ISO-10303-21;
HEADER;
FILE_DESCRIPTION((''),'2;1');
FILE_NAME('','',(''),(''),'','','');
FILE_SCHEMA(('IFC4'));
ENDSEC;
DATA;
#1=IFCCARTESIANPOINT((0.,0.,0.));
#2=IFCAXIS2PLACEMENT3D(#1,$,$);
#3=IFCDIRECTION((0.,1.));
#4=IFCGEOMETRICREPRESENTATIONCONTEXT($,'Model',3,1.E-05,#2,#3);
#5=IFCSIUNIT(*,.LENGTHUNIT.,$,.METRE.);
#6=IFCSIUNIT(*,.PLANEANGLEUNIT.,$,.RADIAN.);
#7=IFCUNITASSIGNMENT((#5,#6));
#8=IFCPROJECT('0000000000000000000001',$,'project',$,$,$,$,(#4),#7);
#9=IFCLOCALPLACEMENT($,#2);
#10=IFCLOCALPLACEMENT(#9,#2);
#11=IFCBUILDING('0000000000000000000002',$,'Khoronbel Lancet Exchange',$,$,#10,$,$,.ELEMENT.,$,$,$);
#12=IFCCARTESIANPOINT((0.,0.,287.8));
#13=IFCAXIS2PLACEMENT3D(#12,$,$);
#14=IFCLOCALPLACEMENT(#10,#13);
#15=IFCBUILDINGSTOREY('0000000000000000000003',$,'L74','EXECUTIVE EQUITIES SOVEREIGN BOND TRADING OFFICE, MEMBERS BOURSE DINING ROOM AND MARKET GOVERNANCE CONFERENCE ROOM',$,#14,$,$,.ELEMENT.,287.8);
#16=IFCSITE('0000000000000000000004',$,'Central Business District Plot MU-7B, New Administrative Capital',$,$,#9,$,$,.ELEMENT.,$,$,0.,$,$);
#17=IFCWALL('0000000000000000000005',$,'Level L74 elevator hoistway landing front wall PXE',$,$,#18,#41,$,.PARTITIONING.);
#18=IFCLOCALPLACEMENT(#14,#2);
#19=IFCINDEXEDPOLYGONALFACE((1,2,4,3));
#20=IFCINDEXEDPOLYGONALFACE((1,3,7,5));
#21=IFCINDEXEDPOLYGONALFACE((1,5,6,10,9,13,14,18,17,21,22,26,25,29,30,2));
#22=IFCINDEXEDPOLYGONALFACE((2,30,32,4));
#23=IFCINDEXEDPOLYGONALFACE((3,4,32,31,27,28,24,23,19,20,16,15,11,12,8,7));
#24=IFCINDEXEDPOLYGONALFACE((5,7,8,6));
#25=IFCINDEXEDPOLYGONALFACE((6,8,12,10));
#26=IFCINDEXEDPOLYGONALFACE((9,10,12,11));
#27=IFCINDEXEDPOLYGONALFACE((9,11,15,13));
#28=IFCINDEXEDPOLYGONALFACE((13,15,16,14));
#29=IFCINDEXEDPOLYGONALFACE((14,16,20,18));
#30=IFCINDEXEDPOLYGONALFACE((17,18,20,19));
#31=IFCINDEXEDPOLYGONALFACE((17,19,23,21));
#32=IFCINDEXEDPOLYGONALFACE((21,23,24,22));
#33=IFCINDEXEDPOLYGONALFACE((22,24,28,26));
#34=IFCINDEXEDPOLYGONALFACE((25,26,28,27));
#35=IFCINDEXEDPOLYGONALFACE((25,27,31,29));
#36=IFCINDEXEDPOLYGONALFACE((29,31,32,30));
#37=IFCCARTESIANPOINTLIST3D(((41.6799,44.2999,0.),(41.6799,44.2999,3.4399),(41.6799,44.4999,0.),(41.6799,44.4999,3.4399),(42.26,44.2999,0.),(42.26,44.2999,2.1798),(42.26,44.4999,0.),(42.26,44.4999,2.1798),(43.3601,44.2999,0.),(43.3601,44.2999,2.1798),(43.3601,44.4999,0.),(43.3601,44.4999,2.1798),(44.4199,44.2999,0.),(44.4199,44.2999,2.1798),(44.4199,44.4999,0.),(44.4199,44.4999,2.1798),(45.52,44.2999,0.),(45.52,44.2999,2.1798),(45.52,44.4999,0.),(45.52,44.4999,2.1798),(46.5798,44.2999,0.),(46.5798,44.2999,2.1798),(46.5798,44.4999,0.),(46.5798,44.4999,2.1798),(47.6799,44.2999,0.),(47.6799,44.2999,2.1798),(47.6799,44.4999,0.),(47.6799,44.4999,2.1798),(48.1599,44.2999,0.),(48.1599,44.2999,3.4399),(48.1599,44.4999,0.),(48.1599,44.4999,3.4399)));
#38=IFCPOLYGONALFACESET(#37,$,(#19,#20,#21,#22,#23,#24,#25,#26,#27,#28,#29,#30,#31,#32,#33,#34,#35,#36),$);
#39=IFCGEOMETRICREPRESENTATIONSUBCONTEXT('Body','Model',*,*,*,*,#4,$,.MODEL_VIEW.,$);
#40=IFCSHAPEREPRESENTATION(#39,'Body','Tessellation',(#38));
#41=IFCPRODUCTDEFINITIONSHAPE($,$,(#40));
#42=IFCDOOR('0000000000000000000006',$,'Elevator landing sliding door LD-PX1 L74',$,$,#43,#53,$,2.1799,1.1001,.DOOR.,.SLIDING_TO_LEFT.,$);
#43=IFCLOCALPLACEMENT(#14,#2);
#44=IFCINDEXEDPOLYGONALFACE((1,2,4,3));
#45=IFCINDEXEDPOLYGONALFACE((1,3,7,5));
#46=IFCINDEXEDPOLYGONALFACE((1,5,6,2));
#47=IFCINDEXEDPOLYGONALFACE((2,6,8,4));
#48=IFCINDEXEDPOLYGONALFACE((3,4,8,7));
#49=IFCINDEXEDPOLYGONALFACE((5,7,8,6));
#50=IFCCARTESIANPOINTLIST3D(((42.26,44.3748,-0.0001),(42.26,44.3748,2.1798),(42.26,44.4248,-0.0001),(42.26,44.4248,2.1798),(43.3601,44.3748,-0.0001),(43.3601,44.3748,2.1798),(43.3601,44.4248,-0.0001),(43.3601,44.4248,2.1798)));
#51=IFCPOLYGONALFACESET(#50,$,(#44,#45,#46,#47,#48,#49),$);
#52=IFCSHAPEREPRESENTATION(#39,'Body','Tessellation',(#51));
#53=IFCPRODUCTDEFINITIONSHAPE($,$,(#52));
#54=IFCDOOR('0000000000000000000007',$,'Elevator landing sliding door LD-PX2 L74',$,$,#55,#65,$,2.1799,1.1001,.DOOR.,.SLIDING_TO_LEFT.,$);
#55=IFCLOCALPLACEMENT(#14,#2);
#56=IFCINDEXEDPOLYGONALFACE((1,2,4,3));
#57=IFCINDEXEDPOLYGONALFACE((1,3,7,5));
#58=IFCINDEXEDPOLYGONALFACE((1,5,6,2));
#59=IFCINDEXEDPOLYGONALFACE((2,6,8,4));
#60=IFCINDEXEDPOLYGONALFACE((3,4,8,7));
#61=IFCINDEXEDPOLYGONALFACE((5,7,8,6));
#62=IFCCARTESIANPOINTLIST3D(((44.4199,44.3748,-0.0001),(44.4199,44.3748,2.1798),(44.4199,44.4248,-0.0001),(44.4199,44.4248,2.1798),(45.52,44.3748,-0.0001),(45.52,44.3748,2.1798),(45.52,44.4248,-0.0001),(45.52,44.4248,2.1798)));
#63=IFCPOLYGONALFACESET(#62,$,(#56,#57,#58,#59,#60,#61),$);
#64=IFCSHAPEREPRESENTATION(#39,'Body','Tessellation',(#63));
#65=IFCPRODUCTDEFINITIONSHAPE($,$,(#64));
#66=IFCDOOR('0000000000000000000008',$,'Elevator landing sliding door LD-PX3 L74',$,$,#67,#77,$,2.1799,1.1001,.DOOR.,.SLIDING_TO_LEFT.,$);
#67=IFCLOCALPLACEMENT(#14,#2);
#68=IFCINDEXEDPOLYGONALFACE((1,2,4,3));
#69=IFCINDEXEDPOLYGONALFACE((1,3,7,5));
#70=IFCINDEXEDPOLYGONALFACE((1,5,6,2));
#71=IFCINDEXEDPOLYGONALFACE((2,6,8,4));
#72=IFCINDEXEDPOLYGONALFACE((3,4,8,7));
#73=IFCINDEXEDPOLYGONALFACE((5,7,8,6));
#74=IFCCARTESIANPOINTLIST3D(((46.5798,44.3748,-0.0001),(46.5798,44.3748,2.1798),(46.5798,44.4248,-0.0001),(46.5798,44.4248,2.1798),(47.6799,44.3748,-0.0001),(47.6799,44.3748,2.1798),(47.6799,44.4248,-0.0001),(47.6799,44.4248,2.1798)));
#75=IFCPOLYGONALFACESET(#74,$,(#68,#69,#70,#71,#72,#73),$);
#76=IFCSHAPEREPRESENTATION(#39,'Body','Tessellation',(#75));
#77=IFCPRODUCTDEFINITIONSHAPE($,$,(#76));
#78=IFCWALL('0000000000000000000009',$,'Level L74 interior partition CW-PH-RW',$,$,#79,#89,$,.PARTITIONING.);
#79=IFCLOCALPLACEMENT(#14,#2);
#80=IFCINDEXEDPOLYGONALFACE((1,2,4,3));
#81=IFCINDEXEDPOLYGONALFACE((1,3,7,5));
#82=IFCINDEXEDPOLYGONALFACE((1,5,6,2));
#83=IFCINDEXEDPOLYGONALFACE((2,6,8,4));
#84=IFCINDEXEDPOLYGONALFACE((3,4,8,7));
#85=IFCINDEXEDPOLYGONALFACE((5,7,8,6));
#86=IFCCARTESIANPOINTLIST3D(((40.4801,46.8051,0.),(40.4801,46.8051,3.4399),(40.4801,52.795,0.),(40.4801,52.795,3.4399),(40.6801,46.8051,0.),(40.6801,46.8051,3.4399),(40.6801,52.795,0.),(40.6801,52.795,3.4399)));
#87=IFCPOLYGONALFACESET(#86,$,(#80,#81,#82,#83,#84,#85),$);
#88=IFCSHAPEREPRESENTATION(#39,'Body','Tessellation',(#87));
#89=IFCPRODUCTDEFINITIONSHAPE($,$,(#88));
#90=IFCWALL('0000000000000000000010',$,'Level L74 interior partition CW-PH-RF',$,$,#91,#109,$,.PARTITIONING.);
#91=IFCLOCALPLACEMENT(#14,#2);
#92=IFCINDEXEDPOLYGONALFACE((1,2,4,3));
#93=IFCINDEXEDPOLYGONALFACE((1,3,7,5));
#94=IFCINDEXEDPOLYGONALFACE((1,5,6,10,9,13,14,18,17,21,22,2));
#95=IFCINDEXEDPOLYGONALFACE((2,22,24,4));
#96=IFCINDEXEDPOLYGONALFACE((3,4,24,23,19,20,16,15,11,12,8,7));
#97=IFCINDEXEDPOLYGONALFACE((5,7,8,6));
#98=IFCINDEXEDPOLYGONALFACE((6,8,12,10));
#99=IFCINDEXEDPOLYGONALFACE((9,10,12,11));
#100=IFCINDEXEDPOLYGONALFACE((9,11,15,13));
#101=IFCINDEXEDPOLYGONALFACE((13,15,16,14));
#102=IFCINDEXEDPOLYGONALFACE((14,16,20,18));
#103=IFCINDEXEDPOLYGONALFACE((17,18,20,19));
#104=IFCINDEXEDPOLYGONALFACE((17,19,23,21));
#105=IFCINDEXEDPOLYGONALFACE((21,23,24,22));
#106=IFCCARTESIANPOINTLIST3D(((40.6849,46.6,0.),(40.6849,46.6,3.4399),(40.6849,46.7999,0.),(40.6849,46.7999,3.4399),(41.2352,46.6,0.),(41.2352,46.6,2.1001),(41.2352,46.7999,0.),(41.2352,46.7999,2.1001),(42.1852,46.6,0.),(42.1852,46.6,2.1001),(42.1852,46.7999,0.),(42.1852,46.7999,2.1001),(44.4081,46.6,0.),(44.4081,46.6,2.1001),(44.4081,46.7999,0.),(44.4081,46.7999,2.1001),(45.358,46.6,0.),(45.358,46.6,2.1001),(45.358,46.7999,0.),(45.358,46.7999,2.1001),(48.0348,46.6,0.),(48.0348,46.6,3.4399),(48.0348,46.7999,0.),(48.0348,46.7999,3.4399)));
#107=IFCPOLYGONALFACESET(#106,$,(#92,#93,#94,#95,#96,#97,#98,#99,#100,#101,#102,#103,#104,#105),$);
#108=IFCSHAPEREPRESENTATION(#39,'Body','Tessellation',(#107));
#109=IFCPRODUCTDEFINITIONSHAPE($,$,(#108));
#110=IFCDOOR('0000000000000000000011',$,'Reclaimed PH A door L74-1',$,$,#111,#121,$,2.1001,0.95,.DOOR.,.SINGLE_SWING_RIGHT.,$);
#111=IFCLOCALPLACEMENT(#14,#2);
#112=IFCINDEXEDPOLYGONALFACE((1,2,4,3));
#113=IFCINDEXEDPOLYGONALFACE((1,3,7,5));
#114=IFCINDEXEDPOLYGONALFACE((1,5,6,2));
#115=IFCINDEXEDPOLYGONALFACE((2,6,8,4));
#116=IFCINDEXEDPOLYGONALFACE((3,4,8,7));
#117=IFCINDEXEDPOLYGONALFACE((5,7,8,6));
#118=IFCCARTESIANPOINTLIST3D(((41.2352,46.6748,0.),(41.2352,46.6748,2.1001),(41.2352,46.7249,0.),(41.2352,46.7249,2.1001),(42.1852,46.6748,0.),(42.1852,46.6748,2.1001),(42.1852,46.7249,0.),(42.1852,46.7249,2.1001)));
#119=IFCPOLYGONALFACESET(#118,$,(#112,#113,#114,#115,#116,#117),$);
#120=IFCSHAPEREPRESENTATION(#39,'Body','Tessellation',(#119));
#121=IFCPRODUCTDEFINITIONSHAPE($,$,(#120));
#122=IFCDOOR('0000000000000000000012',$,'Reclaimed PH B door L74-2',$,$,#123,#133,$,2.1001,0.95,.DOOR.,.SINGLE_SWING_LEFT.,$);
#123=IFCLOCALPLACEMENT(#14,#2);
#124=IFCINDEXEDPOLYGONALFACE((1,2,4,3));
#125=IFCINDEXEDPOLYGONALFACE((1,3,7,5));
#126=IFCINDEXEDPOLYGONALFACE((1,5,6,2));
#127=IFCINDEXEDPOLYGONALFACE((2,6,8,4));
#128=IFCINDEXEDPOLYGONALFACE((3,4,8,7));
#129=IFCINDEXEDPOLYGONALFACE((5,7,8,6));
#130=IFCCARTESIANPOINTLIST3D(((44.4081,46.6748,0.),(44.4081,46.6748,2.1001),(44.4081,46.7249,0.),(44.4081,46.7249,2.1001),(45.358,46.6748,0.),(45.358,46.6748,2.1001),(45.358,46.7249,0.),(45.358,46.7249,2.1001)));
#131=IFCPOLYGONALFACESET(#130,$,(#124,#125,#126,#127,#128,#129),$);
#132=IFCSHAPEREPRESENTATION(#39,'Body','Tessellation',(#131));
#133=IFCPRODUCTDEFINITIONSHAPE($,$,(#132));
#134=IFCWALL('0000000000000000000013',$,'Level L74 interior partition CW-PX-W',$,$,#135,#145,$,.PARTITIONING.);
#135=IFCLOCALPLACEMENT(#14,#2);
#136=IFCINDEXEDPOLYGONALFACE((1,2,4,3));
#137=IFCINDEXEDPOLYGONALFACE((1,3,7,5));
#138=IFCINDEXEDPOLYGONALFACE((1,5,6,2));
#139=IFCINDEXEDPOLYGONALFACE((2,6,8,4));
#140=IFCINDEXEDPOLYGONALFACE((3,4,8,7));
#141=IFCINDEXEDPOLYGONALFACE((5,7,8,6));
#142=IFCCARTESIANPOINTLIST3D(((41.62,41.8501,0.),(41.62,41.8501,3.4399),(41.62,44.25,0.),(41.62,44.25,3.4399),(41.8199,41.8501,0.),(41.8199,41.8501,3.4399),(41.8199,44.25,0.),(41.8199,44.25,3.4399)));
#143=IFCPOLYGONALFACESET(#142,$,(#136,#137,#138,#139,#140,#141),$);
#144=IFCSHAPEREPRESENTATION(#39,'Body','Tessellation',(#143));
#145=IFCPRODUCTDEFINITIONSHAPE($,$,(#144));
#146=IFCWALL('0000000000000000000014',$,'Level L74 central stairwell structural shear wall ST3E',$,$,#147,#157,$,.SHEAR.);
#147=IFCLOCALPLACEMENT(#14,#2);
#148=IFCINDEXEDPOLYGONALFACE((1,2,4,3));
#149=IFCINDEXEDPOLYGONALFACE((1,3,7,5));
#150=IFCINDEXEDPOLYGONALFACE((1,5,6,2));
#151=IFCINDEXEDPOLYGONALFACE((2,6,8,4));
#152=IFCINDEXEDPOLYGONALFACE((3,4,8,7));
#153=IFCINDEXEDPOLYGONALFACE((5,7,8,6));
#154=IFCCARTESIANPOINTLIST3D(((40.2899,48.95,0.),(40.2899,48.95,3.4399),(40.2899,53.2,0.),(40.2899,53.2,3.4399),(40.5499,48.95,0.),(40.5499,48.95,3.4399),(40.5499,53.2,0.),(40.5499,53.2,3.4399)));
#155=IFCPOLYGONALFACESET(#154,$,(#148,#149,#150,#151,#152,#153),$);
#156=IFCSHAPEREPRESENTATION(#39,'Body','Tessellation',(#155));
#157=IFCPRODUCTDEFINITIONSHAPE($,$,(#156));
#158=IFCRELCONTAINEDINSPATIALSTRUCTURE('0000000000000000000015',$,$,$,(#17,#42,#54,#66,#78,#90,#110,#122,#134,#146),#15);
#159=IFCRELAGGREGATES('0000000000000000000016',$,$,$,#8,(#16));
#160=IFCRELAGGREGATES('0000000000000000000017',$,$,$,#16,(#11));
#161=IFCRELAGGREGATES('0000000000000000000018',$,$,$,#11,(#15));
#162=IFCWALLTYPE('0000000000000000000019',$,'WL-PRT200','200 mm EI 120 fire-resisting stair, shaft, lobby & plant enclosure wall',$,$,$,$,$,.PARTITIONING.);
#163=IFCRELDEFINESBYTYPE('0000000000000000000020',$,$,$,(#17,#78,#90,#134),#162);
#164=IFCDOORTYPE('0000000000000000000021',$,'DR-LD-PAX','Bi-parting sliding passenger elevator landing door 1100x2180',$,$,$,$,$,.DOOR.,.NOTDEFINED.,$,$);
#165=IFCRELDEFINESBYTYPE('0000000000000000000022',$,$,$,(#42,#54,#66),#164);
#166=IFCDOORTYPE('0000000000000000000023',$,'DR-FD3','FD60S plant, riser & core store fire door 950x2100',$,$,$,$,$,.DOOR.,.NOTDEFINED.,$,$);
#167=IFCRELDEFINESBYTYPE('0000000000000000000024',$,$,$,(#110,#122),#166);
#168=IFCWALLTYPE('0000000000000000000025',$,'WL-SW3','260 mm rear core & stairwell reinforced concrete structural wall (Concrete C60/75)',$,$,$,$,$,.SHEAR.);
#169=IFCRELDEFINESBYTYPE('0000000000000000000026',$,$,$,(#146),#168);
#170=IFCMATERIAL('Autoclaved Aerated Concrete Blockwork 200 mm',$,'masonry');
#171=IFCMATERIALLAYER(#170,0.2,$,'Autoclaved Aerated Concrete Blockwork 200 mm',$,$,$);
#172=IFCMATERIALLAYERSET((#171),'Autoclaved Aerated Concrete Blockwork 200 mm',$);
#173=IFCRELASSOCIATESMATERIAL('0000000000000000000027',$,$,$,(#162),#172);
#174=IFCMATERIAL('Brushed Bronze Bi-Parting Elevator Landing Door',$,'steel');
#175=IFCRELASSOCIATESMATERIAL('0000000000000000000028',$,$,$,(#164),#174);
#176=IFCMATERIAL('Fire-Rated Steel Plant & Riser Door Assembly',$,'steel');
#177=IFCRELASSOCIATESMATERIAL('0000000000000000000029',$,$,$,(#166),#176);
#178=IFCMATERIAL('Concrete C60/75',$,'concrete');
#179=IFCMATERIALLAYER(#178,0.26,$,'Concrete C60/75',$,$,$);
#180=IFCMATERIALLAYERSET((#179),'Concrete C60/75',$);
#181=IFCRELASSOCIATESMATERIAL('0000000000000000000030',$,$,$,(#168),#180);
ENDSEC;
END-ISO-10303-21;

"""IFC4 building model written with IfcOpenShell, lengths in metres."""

from ifc_helpers import new_model, si_unit, direction, frame, frame_2d, origin, place, context, subcontext, project, spatial, rectangle, extrude, material, layer, layer_set, type_object, element, fill, save


model = new_model("IFC4")

# Units and contexts
model_context = context("Model", 3, precision=1e-05, world=origin(), true_north=direction((0.0, 1.0)))
body_context = subcontext(model_context, "Body", "Model", "MODEL_VIEW")
ifc_project = project(units=[si_unit("LENGTHUNIT", "METRE"), si_unit("PLANEANGLEUNIT", "RADIAN")], contexts=[model_context])

# Site, building, storey
site_placement = place(None, origin())
site = spatial("IfcSite", under=ifc_project, at=site_placement, Name="Central Business District Plot MU-7B, New Administrative Capital", CompositionType="ELEMENT", RefElevation=0.0)
building_placement = place(site_placement, origin())
building = spatial("IfcBuilding", under=site, at=building_placement, Name="Khoronbel Lancet Exchange", CompositionType="ELEMENT")
storey_placement = place(building_placement, frame((0.0, 0.0, 287.8)))
storey = spatial("IfcBuildingStorey", under=building, at=storey_placement, Name="L74", Description="EXECUTIVE EQUITIES SOVEREIGN BOND TRADING OFFICE, MEMBERS BOURSE DINING ROOM AND MARKET GOVERNANCE CONFERENCE ROOM", CompositionType="ELEMENT", Elevation=287.8)

# Shared definitions
ifc_material_1 = material(Name="Concrete C60/75", Category="concrete")

# Wall, openings, doors
ifc_material_2 = material(Name="Autoclaved Aerated Concrete Blockwork 200 mm", Category="masonry")
ifc_layer_1 = layer(ifc_material_2, 0.2, Name="Autoclaved Aerated Concrete Blockwork 200 mm")
ifc_layer_set_1 = layer_set([ifc_layer_1], Name="Autoclaved Aerated Concrete Blockwork 200 mm")
wall_type_1 = type_object("IfcWallType", Name="WL-PRT200", Description="200 mm EI 120 fire-resisting stair, shaft, lobby & plant enclosure wall", PredefinedType="PARTITIONING", material=ifc_layer_set_1)
wall_1_placement = place(storey_placement, frame((41.6799, 44.3999, 0.0), z_axis=(0.0, 0.0, 1.0), x_axis=(1.0, 0.0, 0.0)))
wall_1 = element("IfcWall", 1, at=wall_1_placement, inside=storey, type_object=wall_type_1, Name="Level L74 elevator hoistway landing front wall PXE", PredefinedType="PARTITIONING", context=body_context, shape_type="SweptSolid", body=[
    extrude(rectangle(XDim=6.48, YDim=0.2, at=frame_2d((3.24, 0.0))), origin(), (0.0, 0.0, 1.0), 3.4399),
])
opening_1_placement = place(wall_1_placement, frame((0.5801, 0.0, 0.0)))
opening_1 = element("IfcOpeningElement", 2, at=opening_1_placement, cuts=wall_1, PredefinedType="OPENING", context=body_context, shape_type="SweptSolid", body=[
    extrude(rectangle(XDim=1.1001, YDim=2.1799, at=frame_2d((0.55, 1.0898))), frame((0.0, 0.1099, 0.0), z_axis=(0.0, -1.0, 0.0), x_axis=(1.0, 0.0, 0.0)), (0.0, 0.0, 1.0), 0.22),
])
opening_2_placement = place(wall_1_placement, frame((2.74, 0.0, 0.0)))
opening_2 = element("IfcOpeningElement", 3, at=opening_2_placement, cuts=wall_1, PredefinedType="OPENING", context=body_context, shape_type="SweptSolid", body=[
    extrude(rectangle(XDim=1.1001, YDim=2.1799, at=frame_2d((0.55, 1.0898))), frame((0.0, 0.1099, 0.0), z_axis=(0.0, -1.0, 0.0), x_axis=(1.0, 0.0, 0.0)), (0.0, 0.0, 1.0), 0.22),
])
opening_3_placement = place(wall_1_placement, frame((4.8999, 0.0, 0.0)))
opening_3 = element("IfcOpeningElement", 4, at=opening_3_placement, cuts=wall_1, PredefinedType="OPENING", context=body_context, shape_type="SweptSolid", body=[
    extrude(rectangle(XDim=1.1001, YDim=2.1799, at=frame_2d((0.55, 1.0898))), frame((0.0, 0.1099, 0.0), z_axis=(0.0, -1.0, 0.0), x_axis=(1.0, 0.0, 0.0)), (0.0, 0.0, 1.0), 0.22),
])
ifc_material_3 = material(Name="Brushed Bronze Bi-Parting Elevator Landing Door", Category="steel")
door_type_1 = type_object("IfcDoorType", Name="DR-LD-PAX", Description="Bi-parting sliding passenger elevator landing door 1100x2180", OperationType="NOTDEFINED", PredefinedType="DOOR", material=ifc_material_3)
door_1_placement = place(opening_1_placement, origin())
door_1 = element("IfcDoor", 5, at=door_1_placement, inside=storey, type_object=door_type_1, Name="Elevator landing sliding door LD-PX1 L74", OperationType="SLIDING_TO_LEFT", OverallHeight=2.1799, OverallWidth=1.1001, PredefinedType="DOOR", context=body_context, shape_type="SweptSolid", body=[
    extrude(rectangle(XDim=1.1001, YDim=2.1799, at=frame_2d((0.55, 1.0898))), frame((0.0, 0.0249, 0.0), z_axis=(0.0, -1.0, 0.0), x_axis=(1.0, 0.0, 0.0)), (0.0, 0.0, 1.0), 0.05),
])
fill(opening_1, door_1)
door_2_placement = place(opening_2_placement, origin())
door_2 = element("IfcDoor", 6, at=door_2_placement, inside=storey, type_object=door_type_1, Name="Elevator landing sliding door LD-PX2 L74", OperationType="SLIDING_TO_LEFT", OverallHeight=2.1799, OverallWidth=1.1001, PredefinedType="DOOR", context=body_context, shape_type="SweptSolid", body=[
    extrude(rectangle(XDim=1.1001, YDim=2.1799, at=frame_2d((0.55, 1.0898))), frame((0.0, 0.0249, 0.0), z_axis=(0.0, -1.0, 0.0), x_axis=(1.0, 0.0, 0.0)), (0.0, 0.0, 1.0), 0.05),
])
fill(opening_2, door_2)
door_3_placement = place(opening_3_placement, origin())
door_3 = element("IfcDoor", 7, at=door_3_placement, inside=storey, type_object=door_type_1, Name="Elevator landing sliding door LD-PX3 L74", OperationType="SLIDING_TO_LEFT", OverallHeight=2.1799, OverallWidth=1.1001, PredefinedType="DOOR", context=body_context, shape_type="SweptSolid", body=[
    extrude(rectangle(XDim=1.1001, YDim=2.1799, at=frame_2d((0.55, 1.0898))), frame((0.0, 0.0249, 0.0), z_axis=(0.0, -1.0, 0.0), x_axis=(1.0, 0.0, 0.0)), (0.0, 0.0, 1.0), 0.05),
])
fill(opening_3, door_3)

# Wall
wall_2_placement = place(storey_placement, frame((40.5801, 46.8049, 0.0), z_axis=(0.0, 0.0, 1.0), x_axis=(0.0, 1.0, 0.0)))
element("IfcWall", 8, at=wall_2_placement, inside=storey, type_object=wall_type_1, Name="Level L74 interior partition CW-PH-RW", PredefinedType="PARTITIONING", context=body_context, shape_type="SweptSolid", body=[
    extrude(rectangle(XDim=5.99, YDim=0.2, at=frame_2d((2.9951, 0.0))), origin(), (0.0, 0.0, 1.0), 3.4399),
])

# Wall, openings, doors
wall_3_placement = place(storey_placement, frame((40.6851, 46.7, 0.0), z_axis=(0.0, 0.0, 1.0), x_axis=(1.0, 0.0, 0.0)))
wall_3 = element("IfcWall", 9, at=wall_3_placement, inside=storey, type_object=wall_type_1, Name="Level L74 interior partition CW-PH-RF", PredefinedType="PARTITIONING", context=body_context, shape_type="SweptSolid", body=[
    extrude(rectangle(XDim=7.3499, YDim=0.2, at=frame_2d((3.6748, 0.0))), origin(), (0.0, 0.0, 1.0), 3.4399),
])
opening_4_placement = place(wall_3_placement, frame((0.55, 0.0, 0.0)))
opening_4 = element("IfcOpeningElement", 10, at=opening_4_placement, cuts=wall_3, PredefinedType="OPENING", context=body_context, shape_type="SweptSolid", body=[
    extrude(rectangle(XDim=0.95, YDim=2.1001, at=frame_2d((0.4751, 1.05))), frame((0.0, 0.1099, 0.0), z_axis=(0.0, -1.0, 0.0), x_axis=(1.0, 0.0, 0.0)), (0.0, 0.0, 1.0), 0.22),
])
opening_5_placement = place(wall_3_placement, frame((3.7229, 0.0, 0.0)))
opening_5 = element("IfcOpeningElement", 11, at=opening_5_placement, cuts=wall_3, PredefinedType="OPENING", context=body_context, shape_type="SweptSolid", body=[
    extrude(rectangle(XDim=0.95, YDim=2.1001, at=frame_2d((0.4751, 1.05))), frame((0.0, 0.1099, 0.0), z_axis=(0.0, -1.0, 0.0), x_axis=(1.0, 0.0, 0.0)), (0.0, 0.0, 1.0), 0.22),
])
ifc_material_4 = material(Name="Fire-Rated Steel Plant & Riser Door Assembly", Category="steel")
door_type_2 = type_object("IfcDoorType", Name="DR-FD3", Description="FD60S plant, riser & core store fire door 950x2100", OperationType="NOTDEFINED", PredefinedType="DOOR", material=ifc_material_4)
door_4_placement = place(opening_4_placement, origin())
door_4 = element("IfcDoor", 12, at=door_4_placement, inside=storey, type_object=door_type_2, Name="Reclaimed PH A door L74-1", OperationType="SINGLE_SWING_RIGHT", OverallHeight=2.1001, OverallWidth=0.95, PredefinedType="DOOR", context=body_context, shape_type="SweptSolid", body=[
    extrude(rectangle(XDim=0.95, YDim=2.1001, at=frame_2d((0.4751, 1.05))), frame((0.0, 0.0249, 0.0), z_axis=(0.0, -1.0, 0.0), x_axis=(1.0, 0.0, 0.0)), (0.0, 0.0, 1.0), 0.05),
])
fill(opening_4, door_4)
door_5_placement = place(opening_5_placement, origin())
door_5 = element("IfcDoor", 13, at=door_5_placement, inside=storey, type_object=door_type_2, Name="Reclaimed PH B door L74-2", OperationType="SINGLE_SWING_LEFT", OverallHeight=2.1001, OverallWidth=0.95, PredefinedType="DOOR", context=body_context, shape_type="SweptSolid", body=[
    extrude(rectangle(XDim=0.95, YDim=2.1001, at=frame_2d((0.4751, 1.05))), frame((0.0, 0.0249, 0.0), z_axis=(0.0, -1.0, 0.0), x_axis=(1.0, 0.0, 0.0)), (0.0, 0.0, 1.0), 0.05),
])
fill(opening_5, door_5)

# Walls
wall_4_placement = place(storey_placement, frame((41.72, 41.8501, 0.0), z_axis=(0.0, 0.0, 1.0), x_axis=(0.0, 1.0, 0.0)))
element("IfcWall", 14, at=wall_4_placement, inside=storey, type_object=wall_type_1, Name="Level L74 interior partition CW-PX-W", PredefinedType="PARTITIONING", context=body_context, shape_type="SweptSolid", body=[
    extrude(rectangle(XDim=2.3999, YDim=0.2, at=frame_2d((1.2, 0.0))), origin(), (0.0, 0.0, 1.0), 3.4399),
])
ifc_layer_2 = layer(ifc_material_1, 0.26, Name="Concrete C60/75")
ifc_layer_set_2 = layer_set([ifc_layer_2], Name="Concrete C60/75")
wall_type_2 = type_object("IfcWallType", Name="WL-SW3", Description="260 mm rear core & stairwell reinforced concrete structural wall (Concrete C60/75)", PredefinedType="SHEAR", material=ifc_layer_set_2)
wall_5_placement = place(storey_placement, frame((40.4199, 48.95, 0.0), z_axis=(0.0, 0.0, 1.0), x_axis=(0.0, 1.0, 0.0)))
element("IfcWall", 15, at=wall_5_placement, inside=storey, type_object=wall_type_2, Name="Level L74 central stairwell structural shear wall ST3E", PredefinedType="SHEAR", context=body_context, shape_type="SweptSolid", body=[
    extrude(rectangle(XDim=4.25, YDim=0.26, at=frame_2d((2.125, 0.0))), origin(), (0.0, 0.0, 1.0), 3.4399),
])

save(model, "model.ifc")
